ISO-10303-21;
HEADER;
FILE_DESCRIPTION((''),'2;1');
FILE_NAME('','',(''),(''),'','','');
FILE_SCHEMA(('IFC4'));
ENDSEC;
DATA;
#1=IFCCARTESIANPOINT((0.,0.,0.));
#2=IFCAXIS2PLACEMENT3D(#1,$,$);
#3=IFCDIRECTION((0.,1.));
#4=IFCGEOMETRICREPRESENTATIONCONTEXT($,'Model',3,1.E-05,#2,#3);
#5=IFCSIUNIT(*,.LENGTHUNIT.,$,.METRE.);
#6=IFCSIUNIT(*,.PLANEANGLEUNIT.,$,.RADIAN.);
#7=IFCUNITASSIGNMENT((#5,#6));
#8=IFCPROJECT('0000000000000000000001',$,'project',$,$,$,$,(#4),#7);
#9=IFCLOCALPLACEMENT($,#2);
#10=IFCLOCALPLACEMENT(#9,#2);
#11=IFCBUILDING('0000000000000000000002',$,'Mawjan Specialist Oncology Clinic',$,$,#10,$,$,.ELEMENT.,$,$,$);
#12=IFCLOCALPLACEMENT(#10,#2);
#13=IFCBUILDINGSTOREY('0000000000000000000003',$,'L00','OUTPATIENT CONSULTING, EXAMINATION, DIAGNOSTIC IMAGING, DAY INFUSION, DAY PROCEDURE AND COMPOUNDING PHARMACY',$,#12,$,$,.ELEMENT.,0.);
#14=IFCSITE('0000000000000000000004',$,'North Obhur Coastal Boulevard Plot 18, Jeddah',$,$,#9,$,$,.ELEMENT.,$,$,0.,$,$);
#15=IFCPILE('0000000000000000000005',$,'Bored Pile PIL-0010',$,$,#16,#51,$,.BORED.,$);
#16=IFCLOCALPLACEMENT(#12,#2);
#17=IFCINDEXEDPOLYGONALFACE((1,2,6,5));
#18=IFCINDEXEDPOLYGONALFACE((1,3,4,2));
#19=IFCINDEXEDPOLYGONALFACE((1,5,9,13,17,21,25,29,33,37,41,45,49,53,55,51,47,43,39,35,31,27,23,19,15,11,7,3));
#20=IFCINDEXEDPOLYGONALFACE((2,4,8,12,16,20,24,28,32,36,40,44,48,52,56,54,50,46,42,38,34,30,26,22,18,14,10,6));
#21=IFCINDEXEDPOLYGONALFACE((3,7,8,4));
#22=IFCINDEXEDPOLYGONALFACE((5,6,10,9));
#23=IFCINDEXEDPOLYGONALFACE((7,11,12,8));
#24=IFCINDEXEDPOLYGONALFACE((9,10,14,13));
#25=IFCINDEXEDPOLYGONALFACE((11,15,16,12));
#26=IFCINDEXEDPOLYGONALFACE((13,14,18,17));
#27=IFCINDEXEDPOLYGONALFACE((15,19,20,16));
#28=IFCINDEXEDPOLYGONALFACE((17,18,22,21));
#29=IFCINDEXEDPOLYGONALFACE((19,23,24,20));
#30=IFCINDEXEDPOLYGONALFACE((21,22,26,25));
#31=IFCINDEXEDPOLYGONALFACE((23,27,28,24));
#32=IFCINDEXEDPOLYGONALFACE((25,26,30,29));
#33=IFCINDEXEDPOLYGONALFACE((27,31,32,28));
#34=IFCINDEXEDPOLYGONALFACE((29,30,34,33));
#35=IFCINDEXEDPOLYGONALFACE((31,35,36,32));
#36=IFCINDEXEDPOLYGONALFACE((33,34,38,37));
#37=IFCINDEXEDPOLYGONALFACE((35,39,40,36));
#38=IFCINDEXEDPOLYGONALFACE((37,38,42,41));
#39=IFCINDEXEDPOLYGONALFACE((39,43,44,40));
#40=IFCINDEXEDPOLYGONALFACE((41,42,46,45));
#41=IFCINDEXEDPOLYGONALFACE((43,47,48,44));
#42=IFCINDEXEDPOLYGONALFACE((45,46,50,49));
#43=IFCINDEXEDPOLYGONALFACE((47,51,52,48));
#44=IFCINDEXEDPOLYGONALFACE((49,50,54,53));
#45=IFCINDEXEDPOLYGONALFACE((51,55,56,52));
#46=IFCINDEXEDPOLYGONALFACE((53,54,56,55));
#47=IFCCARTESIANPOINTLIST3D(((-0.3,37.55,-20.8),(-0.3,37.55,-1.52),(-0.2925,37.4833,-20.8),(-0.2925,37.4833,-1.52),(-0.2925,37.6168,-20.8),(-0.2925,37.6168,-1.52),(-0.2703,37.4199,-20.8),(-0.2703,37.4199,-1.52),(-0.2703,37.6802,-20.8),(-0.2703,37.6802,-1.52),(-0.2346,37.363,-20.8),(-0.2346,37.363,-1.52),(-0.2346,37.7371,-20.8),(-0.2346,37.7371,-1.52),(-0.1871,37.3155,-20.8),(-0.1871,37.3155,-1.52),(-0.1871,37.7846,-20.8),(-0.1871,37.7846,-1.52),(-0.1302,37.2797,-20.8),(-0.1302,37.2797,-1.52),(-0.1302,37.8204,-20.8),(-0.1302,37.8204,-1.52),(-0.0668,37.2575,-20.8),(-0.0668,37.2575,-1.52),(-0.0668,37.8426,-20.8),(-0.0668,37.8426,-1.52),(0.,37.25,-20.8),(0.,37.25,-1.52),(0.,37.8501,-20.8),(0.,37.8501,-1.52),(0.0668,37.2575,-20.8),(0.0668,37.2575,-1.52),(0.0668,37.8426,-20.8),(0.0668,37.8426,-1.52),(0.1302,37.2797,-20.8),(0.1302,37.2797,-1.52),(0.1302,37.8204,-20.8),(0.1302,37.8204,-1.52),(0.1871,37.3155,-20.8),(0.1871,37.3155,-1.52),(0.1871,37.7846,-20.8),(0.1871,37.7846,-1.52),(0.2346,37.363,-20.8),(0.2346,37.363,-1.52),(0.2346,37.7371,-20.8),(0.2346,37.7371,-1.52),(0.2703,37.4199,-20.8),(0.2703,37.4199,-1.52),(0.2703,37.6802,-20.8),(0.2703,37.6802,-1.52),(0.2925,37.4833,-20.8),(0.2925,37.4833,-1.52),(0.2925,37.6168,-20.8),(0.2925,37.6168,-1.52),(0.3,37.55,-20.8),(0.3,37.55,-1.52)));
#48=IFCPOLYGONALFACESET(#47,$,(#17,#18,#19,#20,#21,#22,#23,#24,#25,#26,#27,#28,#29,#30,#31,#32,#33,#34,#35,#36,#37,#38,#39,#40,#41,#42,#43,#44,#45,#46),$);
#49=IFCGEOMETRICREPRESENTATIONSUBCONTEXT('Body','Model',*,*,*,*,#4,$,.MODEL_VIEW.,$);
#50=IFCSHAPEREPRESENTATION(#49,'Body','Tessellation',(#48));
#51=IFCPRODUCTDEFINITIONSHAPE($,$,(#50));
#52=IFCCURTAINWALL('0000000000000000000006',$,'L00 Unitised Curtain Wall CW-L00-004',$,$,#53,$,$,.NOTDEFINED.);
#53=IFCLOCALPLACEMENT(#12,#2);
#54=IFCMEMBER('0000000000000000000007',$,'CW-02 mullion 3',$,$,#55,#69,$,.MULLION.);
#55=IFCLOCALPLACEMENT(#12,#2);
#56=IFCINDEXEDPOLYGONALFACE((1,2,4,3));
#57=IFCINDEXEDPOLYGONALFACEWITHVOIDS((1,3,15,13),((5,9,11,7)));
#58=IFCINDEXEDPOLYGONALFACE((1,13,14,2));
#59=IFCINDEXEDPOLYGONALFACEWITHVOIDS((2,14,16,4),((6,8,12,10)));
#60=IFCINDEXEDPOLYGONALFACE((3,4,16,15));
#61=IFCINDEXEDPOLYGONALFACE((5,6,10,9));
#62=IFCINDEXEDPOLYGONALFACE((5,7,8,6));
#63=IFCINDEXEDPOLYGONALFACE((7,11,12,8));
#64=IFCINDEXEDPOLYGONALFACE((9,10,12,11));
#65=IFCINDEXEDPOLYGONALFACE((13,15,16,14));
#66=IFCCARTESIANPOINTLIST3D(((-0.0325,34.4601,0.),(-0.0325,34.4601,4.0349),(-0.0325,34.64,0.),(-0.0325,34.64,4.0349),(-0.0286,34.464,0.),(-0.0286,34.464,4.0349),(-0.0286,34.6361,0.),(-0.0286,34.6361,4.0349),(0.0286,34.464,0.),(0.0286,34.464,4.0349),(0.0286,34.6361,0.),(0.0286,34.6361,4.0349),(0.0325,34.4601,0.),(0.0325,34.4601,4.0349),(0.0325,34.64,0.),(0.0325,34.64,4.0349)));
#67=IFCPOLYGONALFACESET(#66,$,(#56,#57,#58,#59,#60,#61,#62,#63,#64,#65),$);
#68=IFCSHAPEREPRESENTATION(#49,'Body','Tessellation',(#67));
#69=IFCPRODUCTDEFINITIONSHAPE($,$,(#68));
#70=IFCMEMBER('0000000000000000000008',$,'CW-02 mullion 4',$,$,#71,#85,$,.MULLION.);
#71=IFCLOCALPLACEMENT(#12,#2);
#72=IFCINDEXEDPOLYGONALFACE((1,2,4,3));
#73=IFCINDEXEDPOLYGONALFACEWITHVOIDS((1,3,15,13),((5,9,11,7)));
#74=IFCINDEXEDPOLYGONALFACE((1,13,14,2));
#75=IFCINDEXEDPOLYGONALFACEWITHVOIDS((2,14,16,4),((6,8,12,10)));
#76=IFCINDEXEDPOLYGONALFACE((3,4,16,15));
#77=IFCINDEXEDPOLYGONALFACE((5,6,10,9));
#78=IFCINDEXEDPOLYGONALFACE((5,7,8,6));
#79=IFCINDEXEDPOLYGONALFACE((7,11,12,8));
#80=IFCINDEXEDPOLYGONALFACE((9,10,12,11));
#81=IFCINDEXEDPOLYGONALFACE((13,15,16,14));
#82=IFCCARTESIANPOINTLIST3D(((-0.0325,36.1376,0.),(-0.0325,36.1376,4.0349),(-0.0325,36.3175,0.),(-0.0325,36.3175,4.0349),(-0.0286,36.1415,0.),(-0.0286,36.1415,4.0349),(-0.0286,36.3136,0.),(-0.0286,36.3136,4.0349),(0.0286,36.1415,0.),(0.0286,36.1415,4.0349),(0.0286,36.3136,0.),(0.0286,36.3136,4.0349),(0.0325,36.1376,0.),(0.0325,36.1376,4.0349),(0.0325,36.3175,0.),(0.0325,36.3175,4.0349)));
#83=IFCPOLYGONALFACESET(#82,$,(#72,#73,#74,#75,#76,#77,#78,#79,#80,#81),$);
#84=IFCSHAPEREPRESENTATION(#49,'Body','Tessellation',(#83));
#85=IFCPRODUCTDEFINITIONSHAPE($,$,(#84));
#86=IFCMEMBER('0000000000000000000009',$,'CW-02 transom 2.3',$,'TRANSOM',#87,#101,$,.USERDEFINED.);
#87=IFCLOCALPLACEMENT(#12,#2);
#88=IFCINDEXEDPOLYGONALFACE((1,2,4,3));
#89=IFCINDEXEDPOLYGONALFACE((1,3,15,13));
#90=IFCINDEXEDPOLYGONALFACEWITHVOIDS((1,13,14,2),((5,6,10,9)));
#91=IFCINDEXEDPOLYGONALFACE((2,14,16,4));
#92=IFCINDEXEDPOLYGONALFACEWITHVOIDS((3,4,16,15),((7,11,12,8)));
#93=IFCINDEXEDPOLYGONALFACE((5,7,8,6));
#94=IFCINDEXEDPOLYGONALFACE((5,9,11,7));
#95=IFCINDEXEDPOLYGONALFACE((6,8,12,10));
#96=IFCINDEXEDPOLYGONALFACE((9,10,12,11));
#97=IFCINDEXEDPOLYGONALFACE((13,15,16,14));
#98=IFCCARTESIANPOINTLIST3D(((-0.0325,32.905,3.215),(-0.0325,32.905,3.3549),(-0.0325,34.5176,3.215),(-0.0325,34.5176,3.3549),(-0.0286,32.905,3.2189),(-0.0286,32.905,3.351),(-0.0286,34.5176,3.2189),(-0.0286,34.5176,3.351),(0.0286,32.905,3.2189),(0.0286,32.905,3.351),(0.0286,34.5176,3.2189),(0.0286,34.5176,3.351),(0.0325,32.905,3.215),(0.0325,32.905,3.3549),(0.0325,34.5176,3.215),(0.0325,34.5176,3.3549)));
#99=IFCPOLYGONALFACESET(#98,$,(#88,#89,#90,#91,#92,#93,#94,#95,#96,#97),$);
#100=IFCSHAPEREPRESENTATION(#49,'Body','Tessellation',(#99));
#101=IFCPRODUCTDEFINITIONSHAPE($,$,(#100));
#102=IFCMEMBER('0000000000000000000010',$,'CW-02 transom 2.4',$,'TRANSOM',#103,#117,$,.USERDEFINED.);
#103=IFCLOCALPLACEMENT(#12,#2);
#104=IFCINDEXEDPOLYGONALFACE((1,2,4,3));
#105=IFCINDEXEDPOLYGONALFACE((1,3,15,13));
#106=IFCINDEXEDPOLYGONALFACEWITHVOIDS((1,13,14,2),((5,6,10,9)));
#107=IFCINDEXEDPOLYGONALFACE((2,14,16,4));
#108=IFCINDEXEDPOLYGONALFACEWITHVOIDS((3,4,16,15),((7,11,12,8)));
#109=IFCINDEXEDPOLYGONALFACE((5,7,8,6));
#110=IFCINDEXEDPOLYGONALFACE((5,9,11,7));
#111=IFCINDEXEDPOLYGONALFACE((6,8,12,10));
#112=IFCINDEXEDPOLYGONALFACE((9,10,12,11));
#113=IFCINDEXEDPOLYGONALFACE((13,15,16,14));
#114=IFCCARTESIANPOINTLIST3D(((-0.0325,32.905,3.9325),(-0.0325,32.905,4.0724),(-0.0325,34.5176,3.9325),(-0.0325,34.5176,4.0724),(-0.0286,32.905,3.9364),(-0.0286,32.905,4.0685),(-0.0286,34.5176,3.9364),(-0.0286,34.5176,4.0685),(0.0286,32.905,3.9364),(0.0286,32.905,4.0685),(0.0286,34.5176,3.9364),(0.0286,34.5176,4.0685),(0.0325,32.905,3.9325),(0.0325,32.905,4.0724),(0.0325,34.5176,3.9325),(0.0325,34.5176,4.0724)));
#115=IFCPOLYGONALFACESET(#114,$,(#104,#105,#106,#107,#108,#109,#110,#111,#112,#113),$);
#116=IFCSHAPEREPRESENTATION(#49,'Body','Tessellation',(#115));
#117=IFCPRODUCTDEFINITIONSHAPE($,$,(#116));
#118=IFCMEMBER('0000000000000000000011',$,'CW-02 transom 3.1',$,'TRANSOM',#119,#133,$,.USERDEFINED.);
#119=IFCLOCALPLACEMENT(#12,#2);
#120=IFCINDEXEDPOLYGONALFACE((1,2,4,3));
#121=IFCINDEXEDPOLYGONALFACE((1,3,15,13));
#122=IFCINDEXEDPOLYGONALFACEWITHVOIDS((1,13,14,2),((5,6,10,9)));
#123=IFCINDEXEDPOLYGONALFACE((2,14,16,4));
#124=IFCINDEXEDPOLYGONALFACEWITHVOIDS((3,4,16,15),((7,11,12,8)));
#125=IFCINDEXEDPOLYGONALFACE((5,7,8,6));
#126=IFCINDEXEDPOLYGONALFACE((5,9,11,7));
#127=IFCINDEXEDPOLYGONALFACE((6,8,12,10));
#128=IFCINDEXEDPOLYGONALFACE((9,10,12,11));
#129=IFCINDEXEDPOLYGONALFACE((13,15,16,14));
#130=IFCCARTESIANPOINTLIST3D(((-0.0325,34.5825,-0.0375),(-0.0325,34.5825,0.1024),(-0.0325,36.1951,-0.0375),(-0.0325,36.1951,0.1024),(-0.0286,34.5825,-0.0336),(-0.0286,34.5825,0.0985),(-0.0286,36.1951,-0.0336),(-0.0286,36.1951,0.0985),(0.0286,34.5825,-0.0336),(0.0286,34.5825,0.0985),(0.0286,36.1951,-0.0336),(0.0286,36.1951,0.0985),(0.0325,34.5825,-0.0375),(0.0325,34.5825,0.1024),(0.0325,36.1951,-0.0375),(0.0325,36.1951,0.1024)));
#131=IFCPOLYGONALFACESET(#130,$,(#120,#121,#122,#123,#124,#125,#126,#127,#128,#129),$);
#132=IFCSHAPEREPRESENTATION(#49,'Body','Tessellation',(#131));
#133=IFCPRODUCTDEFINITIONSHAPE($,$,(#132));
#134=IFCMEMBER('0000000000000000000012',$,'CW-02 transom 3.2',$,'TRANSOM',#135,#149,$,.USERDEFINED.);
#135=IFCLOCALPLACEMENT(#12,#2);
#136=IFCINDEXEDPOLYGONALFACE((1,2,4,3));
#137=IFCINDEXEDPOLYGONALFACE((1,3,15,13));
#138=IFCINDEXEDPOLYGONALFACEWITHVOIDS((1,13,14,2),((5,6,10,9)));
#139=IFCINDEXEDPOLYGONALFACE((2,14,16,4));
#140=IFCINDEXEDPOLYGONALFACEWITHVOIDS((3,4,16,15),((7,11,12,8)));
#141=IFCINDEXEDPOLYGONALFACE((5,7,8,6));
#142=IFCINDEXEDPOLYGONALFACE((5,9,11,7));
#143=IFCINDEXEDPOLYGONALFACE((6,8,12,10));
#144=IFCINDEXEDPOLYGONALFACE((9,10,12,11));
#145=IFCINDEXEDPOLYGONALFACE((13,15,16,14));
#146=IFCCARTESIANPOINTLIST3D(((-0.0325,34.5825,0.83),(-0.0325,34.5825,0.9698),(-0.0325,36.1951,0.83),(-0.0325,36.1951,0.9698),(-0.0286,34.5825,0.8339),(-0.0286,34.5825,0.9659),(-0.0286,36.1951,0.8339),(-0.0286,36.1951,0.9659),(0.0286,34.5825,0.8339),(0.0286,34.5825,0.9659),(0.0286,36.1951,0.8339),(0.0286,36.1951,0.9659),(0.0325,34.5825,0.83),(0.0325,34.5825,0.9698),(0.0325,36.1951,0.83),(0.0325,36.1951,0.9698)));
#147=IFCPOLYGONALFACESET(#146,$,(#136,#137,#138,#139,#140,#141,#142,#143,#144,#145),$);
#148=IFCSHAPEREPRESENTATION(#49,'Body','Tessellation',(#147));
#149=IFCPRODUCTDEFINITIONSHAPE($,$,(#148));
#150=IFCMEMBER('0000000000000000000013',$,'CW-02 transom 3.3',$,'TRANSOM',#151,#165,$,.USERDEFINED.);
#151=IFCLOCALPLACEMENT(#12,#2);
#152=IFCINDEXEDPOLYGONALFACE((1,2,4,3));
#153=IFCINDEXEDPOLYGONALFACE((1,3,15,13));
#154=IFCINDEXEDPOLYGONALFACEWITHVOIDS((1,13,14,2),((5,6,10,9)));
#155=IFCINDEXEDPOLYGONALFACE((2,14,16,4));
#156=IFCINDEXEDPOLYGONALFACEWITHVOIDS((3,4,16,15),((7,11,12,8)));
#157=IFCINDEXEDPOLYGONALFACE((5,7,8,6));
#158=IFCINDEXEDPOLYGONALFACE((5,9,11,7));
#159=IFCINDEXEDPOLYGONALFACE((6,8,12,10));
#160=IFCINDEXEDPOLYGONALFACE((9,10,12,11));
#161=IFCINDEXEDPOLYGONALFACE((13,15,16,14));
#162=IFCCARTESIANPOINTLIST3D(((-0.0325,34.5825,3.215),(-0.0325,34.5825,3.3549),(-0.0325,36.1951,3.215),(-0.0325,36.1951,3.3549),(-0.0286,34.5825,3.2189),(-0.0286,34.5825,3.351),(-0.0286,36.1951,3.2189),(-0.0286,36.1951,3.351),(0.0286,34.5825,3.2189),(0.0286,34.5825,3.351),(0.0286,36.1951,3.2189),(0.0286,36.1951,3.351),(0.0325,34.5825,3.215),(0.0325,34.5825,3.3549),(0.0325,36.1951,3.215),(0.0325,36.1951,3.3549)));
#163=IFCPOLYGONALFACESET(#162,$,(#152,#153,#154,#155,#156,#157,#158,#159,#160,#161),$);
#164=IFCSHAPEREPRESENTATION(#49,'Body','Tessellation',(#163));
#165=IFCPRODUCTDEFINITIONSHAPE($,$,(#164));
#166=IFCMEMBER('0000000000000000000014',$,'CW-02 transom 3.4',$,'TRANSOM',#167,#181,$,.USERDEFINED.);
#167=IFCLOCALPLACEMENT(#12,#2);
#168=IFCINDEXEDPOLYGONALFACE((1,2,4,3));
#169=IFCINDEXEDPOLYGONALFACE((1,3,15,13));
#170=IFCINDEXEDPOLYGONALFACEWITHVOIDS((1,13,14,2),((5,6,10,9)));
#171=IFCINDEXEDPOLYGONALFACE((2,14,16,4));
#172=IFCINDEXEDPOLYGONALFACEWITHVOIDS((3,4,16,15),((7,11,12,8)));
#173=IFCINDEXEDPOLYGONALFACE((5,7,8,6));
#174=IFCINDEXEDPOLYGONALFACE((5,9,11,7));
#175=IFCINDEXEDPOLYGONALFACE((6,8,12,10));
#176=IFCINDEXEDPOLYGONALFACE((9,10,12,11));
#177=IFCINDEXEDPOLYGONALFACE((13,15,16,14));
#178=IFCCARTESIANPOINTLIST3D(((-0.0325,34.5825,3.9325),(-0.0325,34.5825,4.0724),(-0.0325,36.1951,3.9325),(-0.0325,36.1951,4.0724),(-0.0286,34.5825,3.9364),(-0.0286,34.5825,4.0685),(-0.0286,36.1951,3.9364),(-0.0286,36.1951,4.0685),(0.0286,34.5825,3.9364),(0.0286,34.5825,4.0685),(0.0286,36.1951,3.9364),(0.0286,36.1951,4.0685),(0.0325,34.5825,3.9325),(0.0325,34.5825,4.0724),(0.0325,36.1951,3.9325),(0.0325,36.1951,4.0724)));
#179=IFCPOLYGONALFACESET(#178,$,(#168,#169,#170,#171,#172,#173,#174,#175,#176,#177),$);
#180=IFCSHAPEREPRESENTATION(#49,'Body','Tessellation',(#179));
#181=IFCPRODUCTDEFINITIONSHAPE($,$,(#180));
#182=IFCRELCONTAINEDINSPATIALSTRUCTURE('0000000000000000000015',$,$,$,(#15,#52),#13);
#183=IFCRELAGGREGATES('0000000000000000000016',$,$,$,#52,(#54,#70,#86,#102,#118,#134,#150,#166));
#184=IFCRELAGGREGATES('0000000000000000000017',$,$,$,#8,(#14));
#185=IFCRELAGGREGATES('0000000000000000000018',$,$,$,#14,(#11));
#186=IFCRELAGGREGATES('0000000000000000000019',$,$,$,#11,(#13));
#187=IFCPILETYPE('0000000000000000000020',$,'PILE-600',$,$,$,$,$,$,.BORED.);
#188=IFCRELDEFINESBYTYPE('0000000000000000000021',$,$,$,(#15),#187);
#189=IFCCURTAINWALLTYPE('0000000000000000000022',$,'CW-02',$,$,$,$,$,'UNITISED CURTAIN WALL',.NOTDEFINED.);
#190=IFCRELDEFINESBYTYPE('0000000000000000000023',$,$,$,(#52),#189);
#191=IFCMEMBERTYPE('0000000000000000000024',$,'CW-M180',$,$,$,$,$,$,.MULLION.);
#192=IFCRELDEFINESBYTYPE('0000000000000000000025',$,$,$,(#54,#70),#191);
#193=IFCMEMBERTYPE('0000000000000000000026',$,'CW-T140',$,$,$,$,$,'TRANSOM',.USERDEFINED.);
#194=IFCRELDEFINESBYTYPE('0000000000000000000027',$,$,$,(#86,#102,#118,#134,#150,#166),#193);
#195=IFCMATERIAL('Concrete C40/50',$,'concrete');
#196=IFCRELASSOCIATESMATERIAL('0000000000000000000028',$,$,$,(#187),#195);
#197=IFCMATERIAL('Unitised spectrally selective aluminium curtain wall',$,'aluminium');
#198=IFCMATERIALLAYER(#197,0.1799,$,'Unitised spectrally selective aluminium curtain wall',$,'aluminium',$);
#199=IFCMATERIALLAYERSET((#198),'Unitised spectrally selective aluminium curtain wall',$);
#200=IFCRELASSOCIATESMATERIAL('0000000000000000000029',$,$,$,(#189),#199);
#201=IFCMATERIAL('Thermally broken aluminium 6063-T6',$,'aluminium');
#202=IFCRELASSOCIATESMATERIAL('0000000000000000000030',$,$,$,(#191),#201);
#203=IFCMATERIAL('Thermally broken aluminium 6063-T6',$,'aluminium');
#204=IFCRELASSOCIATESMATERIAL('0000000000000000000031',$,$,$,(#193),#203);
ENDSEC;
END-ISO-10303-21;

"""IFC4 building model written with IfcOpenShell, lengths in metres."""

from ifc_helpers import new_model, si_unit, direction, frame, origin, origin_2d, place, context, subcontext, project, spatial, hollow_rectangle, circle, extrude, material, layer, layer_set, material_profile, profile_set, type_object, element, aggregate, save


model = new_model("IFC4")

# Units and contexts
model_context = context("Model", 3, precision=1e-05, world=origin(), true_north=direction((0.0, 1.0)))
body_context = subcontext(model_context, "Body", "Model", "MODEL_VIEW")
ifc_project = project(units=[si_unit("LENGTHUNIT", "METRE"), si_unit("PLANEANGLEUNIT", "RADIAN")], contexts=[model_context])

# Site, building, storey
site_placement = place(None, origin())
site = spatial("IfcSite", under=ifc_project, at=site_placement, Name="North Obhur Coastal Boulevard Plot 18, Jeddah", CompositionType="ELEMENT", RefElevation=0.0)
building_placement = place(site_placement, origin())
building = spatial("IfcBuilding", under=site, at=building_placement, Name="Mawjan Specialist Oncology Clinic", CompositionType="ELEMENT")
storey_placement = place(building_placement, origin())
storey = spatial("IfcBuildingStorey", under=building, at=storey_placement, Name="L00", Description="OUTPATIENT CONSULTING, EXAMINATION, DIAGNOSTIC IMAGING, DAY INFUSION, DAY PROCEDURE AND COMPOUNDING PHARMACY", CompositionType="ELEMENT", Elevation=0.0)

# Pile
ifc_material_1 = material(Name="Concrete C40/50", Category="concrete")
ifc_material_profile_1 = material_profile(ifc_material_1, circle(Radius=0.3, at=origin_2d()), Name="BORED PILE D600", Category="concrete")
ifc_profile_set_1 = profile_set([ifc_material_profile_1], Name="Concrete C40/50")
pile_type = type_object("IfcPileType", Name="PILE-600", PredefinedType="BORED", material=ifc_profile_set_1)
pile_placement = place(storey_placement, frame((0.0, 37.55, -1.52), z_axis=(0.0, 0.0, -1.0), x_axis=(1.0, 0.0, 0.0)))
element("IfcPile", 1, at=pile_placement, inside=storey, type_object=pile_type, Name="Bored Pile PIL-0010", PredefinedType="BORED", context=body_context, shape_type="SweptSolid", body=[
    extrude(circle(Radius=0.3, at=origin_2d()), origin(), (0.0, 0.0, 1.0), 19.28),
])

# Curtain wall, members
ifc_material_2 = material(Name="Unitised spectrally selective aluminium curtain wall", Category="aluminium")
ifc_layer_1 = layer(ifc_material_2, 0.1799, Name="Unitised spectrally selective aluminium curtain wall", Category="aluminium")
ifc_layer_set_1 = layer_set([ifc_layer_1], Name="Unitised spectrally selective aluminium curtain wall")
curtain_wall_type = type_object("IfcCurtainWallType", Name="CW-02", ElementType="UNITISED CURTAIN WALL", PredefinedType="NOTDEFINED", material=ifc_layer_set_1)
curtain_wall_placement = place(storey_placement, origin())
curtain_wall = element("IfcCurtainWall", 2, at=curtain_wall_placement, inside=storey, type_object=curtain_wall_type, Name="L00 Unitised Curtain Wall CW-L00-004", PredefinedType="NOTDEFINED")
ifc_material_3 = material(Name="Thermally broken aluminium 6063-T6", Category="aluminium")
ifc_material_profile_2 = material_profile(ifc_material_3, hollow_rectangle(XDim=0.0649, YDim=0.1799, WallThickness=0.0039, at=origin_2d()), Name="ALU MULLION 180x65x4", Category="aluminium")
ifc_profile_set_2 = profile_set([ifc_material_profile_2], Name="Thermally broken aluminium 6063-T6")
member_type_1 = type_object("IfcMemberType", Name="CW-M180", PredefinedType="MULLION", material=ifc_profile_set_2)
member_1_placement = place(storey_placement, frame((0.0, 34.55, 0.0), z_axis=(0.0, 0.0, 1.0), x_axis=(-1.0, 0.0, 0.0)))
member_1 = element("IfcMember", 3, at=member_1_placement, type_object=member_type_1, Name="CW-02 mullion 3", PredefinedType="MULLION", context=body_context, shape_type="SweptSolid", body=[
    extrude(hollow_rectangle(XDim=0.0649, YDim=0.1799, WallThickness=0.0039, at=origin_2d()), origin(), (0.0, 0.0, 1.0), 4.0349),
])
member_2_placement = place(storey_placement, frame((0.0, 36.2275, 0.0), z_axis=(0.0, 0.0, 1.0), x_axis=(-1.0, 0.0, 0.0)))
member_2 = element("IfcMember", 4, at=member_2_placement, type_object=member_type_1, Name="CW-02 mullion 4", PredefinedType="MULLION", context=body_context, shape_type="SweptSolid", body=[
    extrude(hollow_rectangle(XDim=0.0649, YDim=0.1799, WallThickness=0.0039, at=origin_2d()), origin(), (0.0, 0.0, 1.0), 4.0349),
])
ifc_material_4 = material(Name="Thermally broken aluminium 6063-T6", Category="aluminium")
ifc_material_profile_3 = material_profile(ifc_material_4, hollow_rectangle(XDim=0.0649, YDim=0.1399, WallThickness=0.0039, at=origin_2d()), Name="ALU TRANSOM 140x65x4", Category="aluminium")
ifc_profile_set_3 = profile_set([ifc_material_profile_3], Name="Thermally broken aluminium 6063-T6")
member_type_2 = type_object("IfcMemberType", Name="CW-T140", ElementType="TRANSOM", PredefinedType="USERDEFINED", material=ifc_profile_set_3)
member_3_placement = place(storey_placement, frame((0.0, 32.905, 3.2849), z_axis=(0.0, 1.0, 0.0), x_axis=(-1.0, 0.0, 0.0)))
member_3 = element("IfcMember", 5, at=member_3_placement, type_object=member_type_2, Name="CW-02 transom 2.3", ObjectType="TRANSOM", PredefinedType="USERDEFINED", context=body_context, shape_type="SweptSolid", body=[
    extrude(hollow_rectangle(XDim=0.0649, YDim=0.1399, WallThickness=0.0039, at=origin_2d()), origin(), (0.0, 0.0, 1.0), 1.6125),
])
member_4_placement = place(storey_placement, frame((0.0, 32.905, 4.0024), z_axis=(0.0, 1.0, 0.0), x_axis=(-1.0, 0.0, 0.0)))
member_4 = element("IfcMember", 6, at=member_4_placement, type_object=member_type_2, Name="CW-02 transom 2.4", ObjectType="TRANSOM", PredefinedType="USERDEFINED", context=body_context, shape_type="SweptSolid", body=[
    extrude(hollow_rectangle(XDim=0.0649, YDim=0.1399, WallThickness=0.0039, at=origin_2d()), origin(), (0.0, 0.0, 1.0), 1.6125),
])
member_5_placement = place(storey_placement, frame((0.0, 34.5825, 0.0325), z_axis=(0.0, 1.0, 0.0), x_axis=(-1.0, 0.0, 0.0)))
member_5 = element("IfcMember", 7, at=member_5_placement, type_object=member_type_2, Name="CW-02 transom 3.1", ObjectType="TRANSOM", PredefinedType="USERDEFINED", context=body_context, shape_type="SweptSolid", body=[
    extrude(hollow_rectangle(XDim=0.0649, YDim=0.1399, WallThickness=0.0039, at=origin_2d()), origin(), (0.0, 0.0, 1.0), 1.6125),
])
member_6_placement = place(storey_placement, frame((0.0, 34.5825, 0.8999), z_axis=(0.0, 1.0, 0.0), x_axis=(-1.0, 0.0, 0.0)))
member_6 = element("IfcMember", 8, at=member_6_placement, type_object=member_type_2, Name="CW-02 transom 3.2", ObjectType="TRANSOM", PredefinedType="USERDEFINED", context=body_context, shape_type="SweptSolid", body=[
    extrude(hollow_rectangle(XDim=0.0649, YDim=0.1399, WallThickness=0.0039, at=origin_2d()), origin(), (0.0, 0.0, 1.0), 1.6125),
])
member_7_placement = place(storey_placement, frame((0.0, 34.5825, 3.2849), z_axis=(0.0, 1.0, 0.0), x_axis=(-1.0, 0.0, 0.0)))
member_7 = element("IfcMember", 9, at=member_7_placement, type_object=member_type_2, Name="CW-02 transom 3.3", ObjectType="TRANSOM", PredefinedType="USERDEFINED", context=body_context, shape_type="SweptSolid", body=[
    extrude(hollow_rectangle(XDim=0.0649, YDim=0.1399, WallThickness=0.0039, at=origin_2d()), origin(), (0.0, 0.0, 1.0), 1.6125),
])
member_8_placement = place(storey_placement, frame((0.0, 34.5825, 4.0024), z_axis=(0.0, 1.0, 0.0), x_axis=(-1.0, 0.0, 0.0)))
member_8 = element("IfcMember", 10, at=member_8_placement, type_object=member_type_2, Name="CW-02 transom 3.4", ObjectType="TRANSOM", PredefinedType="USERDEFINED", context=body_context, shape_type="SweptSolid", body=[
    extrude(hollow_rectangle(XDim=0.0649, YDim=0.1399, WallThickness=0.0039, at=origin_2d()), origin(), (0.0, 0.0, 1.0), 1.6125),
])
aggregate(curtain_wall, [member_1, member_2, member_3, member_4, member_5, member_6, member_7, member_8])

save(model, "model.ifc")
